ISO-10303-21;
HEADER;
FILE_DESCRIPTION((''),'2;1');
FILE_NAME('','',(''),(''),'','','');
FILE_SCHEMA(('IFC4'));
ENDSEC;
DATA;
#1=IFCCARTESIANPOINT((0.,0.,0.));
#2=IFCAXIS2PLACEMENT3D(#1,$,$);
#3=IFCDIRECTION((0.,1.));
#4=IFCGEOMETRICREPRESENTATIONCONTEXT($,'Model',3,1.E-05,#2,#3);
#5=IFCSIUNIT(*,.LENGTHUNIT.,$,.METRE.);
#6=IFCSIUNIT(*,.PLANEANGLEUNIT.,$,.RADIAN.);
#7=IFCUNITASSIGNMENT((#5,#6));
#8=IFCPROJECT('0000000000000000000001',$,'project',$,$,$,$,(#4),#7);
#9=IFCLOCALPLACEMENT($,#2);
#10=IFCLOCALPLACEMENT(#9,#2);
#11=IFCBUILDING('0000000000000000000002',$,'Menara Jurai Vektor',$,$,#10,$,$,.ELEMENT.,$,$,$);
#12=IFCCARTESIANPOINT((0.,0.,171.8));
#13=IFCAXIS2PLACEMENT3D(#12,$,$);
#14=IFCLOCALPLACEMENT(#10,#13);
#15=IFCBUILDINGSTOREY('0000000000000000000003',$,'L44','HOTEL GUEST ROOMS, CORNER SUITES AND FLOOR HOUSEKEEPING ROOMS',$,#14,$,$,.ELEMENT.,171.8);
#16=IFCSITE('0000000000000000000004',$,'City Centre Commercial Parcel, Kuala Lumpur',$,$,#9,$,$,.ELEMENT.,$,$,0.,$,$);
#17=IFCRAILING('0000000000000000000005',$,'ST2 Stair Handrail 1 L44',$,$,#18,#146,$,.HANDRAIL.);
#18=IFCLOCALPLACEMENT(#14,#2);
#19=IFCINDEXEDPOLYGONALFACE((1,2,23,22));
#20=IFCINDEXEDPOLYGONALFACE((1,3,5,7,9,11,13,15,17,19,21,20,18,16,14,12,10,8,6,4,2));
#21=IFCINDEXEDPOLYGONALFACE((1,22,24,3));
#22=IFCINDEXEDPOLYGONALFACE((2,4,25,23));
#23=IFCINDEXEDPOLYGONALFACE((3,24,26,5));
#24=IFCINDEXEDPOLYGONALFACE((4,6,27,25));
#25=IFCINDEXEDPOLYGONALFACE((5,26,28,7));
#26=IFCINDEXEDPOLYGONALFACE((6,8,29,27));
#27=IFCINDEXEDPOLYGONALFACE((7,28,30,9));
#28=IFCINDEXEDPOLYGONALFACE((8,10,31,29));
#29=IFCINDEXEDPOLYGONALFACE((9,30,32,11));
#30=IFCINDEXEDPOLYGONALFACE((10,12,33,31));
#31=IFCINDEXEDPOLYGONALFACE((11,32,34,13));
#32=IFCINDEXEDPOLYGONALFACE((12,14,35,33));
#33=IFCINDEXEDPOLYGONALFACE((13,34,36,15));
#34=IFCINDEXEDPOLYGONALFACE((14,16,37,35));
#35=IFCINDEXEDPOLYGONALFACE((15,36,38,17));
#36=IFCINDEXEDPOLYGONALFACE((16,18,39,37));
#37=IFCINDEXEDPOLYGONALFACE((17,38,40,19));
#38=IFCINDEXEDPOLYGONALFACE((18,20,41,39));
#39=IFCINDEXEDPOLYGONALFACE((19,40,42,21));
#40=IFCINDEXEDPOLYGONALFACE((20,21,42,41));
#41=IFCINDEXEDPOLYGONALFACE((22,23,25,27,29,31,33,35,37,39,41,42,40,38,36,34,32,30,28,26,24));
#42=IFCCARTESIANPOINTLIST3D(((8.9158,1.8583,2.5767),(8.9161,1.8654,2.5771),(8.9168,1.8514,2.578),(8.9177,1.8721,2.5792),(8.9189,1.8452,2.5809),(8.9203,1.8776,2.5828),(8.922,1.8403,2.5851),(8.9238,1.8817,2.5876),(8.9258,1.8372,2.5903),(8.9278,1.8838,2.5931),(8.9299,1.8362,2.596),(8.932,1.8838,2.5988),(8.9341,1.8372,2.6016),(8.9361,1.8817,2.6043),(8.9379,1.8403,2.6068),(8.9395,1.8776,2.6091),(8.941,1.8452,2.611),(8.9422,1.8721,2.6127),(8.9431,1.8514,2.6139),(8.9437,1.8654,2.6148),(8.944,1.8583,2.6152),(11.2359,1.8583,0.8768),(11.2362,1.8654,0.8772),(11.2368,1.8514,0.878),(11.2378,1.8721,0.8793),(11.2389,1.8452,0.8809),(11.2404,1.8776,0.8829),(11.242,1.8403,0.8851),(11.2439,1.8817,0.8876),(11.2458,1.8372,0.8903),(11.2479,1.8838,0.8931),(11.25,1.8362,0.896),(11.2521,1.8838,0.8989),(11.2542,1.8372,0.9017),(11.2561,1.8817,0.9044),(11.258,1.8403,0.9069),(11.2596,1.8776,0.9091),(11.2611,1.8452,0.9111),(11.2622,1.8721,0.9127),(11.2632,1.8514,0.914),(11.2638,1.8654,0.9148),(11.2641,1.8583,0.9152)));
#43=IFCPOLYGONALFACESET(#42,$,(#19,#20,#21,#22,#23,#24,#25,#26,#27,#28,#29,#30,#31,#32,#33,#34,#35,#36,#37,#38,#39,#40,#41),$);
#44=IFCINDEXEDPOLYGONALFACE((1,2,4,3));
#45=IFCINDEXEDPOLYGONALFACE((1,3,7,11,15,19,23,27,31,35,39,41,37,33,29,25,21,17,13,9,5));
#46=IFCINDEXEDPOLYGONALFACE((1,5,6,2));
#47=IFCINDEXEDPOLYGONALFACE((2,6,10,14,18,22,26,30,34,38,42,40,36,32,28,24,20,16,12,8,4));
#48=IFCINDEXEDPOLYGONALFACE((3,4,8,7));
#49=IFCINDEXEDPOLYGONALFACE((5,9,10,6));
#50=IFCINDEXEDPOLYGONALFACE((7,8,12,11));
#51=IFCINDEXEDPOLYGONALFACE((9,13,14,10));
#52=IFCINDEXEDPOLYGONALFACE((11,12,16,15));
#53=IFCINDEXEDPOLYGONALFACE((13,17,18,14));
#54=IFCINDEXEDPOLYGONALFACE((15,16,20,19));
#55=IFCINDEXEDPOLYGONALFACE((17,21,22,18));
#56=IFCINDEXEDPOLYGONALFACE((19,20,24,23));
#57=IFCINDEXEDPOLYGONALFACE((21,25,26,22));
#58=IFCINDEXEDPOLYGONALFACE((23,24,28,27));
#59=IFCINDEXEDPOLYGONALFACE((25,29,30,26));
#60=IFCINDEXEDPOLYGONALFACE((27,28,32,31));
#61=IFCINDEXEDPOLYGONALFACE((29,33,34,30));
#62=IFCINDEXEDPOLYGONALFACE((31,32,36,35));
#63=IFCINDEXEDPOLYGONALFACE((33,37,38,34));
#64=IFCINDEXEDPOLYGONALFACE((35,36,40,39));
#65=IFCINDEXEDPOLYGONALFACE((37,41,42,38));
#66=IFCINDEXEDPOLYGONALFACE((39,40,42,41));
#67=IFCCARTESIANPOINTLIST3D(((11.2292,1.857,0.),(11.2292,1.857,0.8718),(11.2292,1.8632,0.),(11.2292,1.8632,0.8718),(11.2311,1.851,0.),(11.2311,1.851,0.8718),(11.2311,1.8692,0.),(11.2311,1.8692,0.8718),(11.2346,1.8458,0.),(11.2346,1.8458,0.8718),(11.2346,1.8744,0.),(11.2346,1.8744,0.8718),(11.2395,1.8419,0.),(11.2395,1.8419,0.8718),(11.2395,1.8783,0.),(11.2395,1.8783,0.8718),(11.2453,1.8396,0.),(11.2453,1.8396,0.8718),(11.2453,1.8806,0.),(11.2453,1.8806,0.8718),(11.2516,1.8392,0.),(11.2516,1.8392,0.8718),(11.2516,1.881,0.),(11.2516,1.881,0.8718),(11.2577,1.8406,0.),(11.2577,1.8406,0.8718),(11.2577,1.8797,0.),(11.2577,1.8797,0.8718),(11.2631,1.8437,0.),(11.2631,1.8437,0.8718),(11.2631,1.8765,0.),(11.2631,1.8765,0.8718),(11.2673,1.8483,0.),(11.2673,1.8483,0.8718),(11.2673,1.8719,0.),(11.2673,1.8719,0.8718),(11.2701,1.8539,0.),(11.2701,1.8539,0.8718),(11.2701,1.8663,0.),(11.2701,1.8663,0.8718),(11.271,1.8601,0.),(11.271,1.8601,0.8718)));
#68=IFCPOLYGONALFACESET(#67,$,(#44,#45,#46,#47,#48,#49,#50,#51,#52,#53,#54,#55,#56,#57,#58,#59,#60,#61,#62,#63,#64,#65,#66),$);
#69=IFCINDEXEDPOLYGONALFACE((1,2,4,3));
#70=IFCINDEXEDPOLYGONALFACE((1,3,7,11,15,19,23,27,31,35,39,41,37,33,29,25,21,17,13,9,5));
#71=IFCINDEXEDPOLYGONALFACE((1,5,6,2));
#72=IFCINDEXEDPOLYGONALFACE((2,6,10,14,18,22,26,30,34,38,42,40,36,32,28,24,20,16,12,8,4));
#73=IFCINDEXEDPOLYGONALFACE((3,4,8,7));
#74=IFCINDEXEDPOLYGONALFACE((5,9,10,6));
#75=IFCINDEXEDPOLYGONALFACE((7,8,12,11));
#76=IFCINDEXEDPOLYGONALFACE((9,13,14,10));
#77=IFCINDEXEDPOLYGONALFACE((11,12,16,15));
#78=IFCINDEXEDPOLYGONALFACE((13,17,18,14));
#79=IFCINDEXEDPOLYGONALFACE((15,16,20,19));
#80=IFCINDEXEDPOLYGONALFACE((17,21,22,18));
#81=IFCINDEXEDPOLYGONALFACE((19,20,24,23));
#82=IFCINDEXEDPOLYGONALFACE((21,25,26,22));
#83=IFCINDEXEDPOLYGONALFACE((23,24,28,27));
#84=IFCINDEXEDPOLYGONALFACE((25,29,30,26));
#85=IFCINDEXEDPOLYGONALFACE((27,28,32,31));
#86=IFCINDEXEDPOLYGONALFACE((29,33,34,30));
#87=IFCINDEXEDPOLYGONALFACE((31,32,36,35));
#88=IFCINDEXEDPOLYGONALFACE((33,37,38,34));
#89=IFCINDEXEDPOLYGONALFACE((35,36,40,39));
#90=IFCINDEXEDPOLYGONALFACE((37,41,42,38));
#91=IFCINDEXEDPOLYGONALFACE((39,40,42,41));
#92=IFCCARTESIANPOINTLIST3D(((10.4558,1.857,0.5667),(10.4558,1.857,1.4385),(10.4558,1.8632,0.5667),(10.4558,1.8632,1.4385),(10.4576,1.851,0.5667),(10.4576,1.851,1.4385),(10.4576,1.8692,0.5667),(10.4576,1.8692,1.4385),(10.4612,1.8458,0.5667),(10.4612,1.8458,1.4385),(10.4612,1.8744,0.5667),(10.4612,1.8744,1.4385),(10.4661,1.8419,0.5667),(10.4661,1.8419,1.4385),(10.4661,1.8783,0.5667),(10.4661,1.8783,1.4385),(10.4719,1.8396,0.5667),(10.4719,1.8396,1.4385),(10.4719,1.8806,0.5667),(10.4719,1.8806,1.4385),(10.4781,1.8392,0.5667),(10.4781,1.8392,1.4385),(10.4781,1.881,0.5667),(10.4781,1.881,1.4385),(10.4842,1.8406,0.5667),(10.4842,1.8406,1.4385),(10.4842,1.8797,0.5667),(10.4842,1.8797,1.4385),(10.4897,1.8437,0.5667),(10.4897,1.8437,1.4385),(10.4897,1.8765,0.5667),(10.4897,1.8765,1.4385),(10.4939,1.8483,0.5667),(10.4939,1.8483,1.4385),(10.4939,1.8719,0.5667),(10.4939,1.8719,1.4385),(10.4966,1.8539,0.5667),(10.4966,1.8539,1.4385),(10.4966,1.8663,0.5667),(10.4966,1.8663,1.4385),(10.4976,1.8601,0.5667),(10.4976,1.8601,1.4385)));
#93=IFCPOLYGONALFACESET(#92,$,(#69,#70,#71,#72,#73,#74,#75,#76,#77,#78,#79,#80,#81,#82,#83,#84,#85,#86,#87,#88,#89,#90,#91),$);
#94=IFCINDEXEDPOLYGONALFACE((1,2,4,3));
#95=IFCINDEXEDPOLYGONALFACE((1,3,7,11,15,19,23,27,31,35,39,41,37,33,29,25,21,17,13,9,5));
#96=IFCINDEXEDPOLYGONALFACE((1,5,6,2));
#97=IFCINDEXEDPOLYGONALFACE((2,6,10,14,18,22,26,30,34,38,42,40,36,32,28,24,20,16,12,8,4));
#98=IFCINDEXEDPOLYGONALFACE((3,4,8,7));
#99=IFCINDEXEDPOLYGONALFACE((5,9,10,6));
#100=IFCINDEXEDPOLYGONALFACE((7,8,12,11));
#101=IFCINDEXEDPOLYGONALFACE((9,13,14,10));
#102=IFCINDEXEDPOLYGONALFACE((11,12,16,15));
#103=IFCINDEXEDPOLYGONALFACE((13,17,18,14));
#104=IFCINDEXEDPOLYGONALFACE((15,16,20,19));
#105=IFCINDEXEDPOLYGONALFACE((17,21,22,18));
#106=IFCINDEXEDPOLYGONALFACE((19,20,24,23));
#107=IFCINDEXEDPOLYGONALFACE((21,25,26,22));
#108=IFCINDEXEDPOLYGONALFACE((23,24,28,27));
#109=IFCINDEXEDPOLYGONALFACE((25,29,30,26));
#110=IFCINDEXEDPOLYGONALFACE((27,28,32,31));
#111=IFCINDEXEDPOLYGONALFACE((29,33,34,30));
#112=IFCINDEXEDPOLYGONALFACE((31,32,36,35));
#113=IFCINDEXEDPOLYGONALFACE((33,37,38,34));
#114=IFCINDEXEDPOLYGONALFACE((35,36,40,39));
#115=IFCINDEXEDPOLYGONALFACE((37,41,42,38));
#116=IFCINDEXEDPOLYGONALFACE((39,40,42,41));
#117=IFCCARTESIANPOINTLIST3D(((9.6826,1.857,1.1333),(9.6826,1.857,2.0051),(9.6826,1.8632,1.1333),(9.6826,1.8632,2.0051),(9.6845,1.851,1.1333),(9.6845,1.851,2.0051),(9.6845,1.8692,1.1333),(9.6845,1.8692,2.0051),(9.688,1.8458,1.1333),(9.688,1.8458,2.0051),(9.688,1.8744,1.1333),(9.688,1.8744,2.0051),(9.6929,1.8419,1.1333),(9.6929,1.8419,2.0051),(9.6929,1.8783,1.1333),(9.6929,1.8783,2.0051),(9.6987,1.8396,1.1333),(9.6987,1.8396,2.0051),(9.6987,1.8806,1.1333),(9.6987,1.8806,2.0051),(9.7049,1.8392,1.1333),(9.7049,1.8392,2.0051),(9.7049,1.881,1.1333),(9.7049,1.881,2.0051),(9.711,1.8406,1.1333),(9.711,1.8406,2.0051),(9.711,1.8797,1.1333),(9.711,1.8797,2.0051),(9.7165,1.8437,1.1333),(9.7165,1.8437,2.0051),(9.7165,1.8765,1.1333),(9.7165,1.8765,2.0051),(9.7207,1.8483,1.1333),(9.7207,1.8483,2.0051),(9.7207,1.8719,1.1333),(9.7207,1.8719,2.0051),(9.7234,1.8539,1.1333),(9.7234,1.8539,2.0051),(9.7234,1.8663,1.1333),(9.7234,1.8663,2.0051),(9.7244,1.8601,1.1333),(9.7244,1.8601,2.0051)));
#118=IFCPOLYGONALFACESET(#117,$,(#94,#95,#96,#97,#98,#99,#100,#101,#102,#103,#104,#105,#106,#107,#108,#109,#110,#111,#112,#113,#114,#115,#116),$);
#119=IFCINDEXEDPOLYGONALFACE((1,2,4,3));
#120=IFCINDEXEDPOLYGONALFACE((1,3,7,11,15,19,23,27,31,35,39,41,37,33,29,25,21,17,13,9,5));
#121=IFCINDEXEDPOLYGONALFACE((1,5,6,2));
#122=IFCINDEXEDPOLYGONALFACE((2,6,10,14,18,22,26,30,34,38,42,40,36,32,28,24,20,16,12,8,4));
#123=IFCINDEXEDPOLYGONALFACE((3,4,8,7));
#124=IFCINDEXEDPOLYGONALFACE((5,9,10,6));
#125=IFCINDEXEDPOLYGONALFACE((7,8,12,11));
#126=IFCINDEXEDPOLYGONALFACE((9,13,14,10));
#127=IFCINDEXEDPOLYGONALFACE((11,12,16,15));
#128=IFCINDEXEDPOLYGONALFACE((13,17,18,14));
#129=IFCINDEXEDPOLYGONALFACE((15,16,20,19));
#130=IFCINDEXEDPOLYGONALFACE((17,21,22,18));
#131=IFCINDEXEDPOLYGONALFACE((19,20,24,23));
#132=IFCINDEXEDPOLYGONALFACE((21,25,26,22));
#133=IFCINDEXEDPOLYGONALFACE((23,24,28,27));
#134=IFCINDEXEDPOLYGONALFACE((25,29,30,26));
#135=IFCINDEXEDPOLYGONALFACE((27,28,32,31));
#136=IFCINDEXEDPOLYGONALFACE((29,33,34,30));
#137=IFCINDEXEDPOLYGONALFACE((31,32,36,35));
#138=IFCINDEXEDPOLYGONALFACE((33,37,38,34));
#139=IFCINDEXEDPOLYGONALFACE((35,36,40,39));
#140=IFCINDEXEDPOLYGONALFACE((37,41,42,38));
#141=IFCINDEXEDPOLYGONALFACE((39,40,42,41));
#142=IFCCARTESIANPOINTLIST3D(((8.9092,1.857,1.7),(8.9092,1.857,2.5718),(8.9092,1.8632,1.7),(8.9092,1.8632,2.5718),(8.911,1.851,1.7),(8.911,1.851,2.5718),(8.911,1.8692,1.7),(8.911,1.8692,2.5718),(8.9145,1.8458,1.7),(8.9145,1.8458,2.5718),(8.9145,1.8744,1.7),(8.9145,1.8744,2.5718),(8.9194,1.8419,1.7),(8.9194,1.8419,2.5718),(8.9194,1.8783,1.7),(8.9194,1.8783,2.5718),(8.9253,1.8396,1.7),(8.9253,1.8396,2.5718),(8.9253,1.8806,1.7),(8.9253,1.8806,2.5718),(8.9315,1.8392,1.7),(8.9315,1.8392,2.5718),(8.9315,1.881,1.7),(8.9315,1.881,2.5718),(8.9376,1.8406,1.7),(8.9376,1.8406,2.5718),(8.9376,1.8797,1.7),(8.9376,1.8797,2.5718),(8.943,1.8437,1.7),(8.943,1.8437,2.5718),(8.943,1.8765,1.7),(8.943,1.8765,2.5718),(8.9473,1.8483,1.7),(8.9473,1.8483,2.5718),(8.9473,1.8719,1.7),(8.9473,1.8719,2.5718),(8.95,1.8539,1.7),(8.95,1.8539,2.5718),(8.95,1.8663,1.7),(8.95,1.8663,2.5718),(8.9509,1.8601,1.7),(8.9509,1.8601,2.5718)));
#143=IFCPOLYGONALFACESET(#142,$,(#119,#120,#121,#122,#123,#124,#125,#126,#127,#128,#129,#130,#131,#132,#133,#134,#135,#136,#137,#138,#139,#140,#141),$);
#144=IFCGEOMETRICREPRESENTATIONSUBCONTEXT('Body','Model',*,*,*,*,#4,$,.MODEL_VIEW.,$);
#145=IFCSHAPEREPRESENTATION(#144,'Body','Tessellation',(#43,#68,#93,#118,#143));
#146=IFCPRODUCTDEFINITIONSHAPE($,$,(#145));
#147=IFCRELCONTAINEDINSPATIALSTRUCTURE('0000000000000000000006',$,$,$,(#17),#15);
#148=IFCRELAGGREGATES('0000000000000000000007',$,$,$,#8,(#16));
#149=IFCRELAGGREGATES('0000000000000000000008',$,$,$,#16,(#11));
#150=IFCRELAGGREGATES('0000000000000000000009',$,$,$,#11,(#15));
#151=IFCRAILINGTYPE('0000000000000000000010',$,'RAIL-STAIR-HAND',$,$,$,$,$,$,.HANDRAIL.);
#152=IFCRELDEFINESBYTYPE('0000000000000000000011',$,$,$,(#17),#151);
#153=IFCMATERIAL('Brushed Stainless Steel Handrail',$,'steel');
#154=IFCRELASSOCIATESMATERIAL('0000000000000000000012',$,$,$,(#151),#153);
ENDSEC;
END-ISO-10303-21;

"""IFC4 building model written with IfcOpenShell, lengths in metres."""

from ifc_helpers import new_model, si_unit, direction, frame, origin, origin_2d, place, context, subcontext, project, spatial, circle, extrude, material, type_object, element, save


model = new_model("IFC4")

# Units and contexts
model_context = context("Model", 3, precision=1e-05, world=origin(), true_north=direction((0.0, 1.0)))
body_context = subcontext(model_context, "Body", "Model", "MODEL_VIEW")
ifc_project = project(units=[si_unit("LENGTHUNIT", "METRE"), si_unit("PLANEANGLEUNIT", "RADIAN")], contexts=[model_context])

# Site, building, storey
site_placement = place(None, origin())
site = spatial("IfcSite", under=ifc_project, at=site_placement, Name="City Centre Commercial Parcel, Kuala Lumpur", CompositionType="ELEMENT", RefElevation=0.0)
building_placement = place(site_placement, origin())
building = spatial("IfcBuilding", under=site, at=building_placement, Name="Menara Jurai Vektor", CompositionType="ELEMENT")
storey_placement = place(building_placement, frame((0.0, 0.0, 171.8)))
storey = spatial("IfcBuildingStorey", under=building, at=storey_placement, Name="L44", Description="HOTEL GUEST ROOMS, CORNER SUITES AND FLOOR HOUSEKEEPING ROOMS", CompositionType="ELEMENT", Elevation=171.8)

# Railing
ifc_material_1 = material(Name="Brushed Stainless Steel Handrail", Category="steel")
railing_type_1 = type_object("IfcRailingType", Name="RAIL-STAIR-HAND", PredefinedType="HANDRAIL", material=ifc_material_1)
railing_1_placement = place(storey_placement, frame((11.25, 1.8601, 0.0)))
element("IfcRailing", 1, at=railing_1_placement, inside=storey, type_object=railing_type_1, Name="ST2 Stair Handrail 1 L44", PredefinedType="HANDRAIL", context=body_context, shape_type="SweptSolid", body=[
    extrude(circle(Radius=0.0239, at=origin_2d()), frame((0.0, 0.0, 0.896), z_axis=(-0.806642, 0.0, 0.59104), x_axis=(0.0, -1.0, 0.0)), (0.0, 0.0, 1.0), 2.8762),
    extrude(circle(Radius=0.021, at=origin_2d()), origin(), (0.0, 0.0, 1.0), 0.8718),
    extrude(circle(Radius=0.021, at=origin_2d()), frame((-0.7734, 0.0, 0.5667)), (0.0, 0.0, 1.0), 0.8718),
    extrude(circle(Radius=0.021, at=origin_2d()), frame((-1.5466, 0.0, 1.1333)), (0.0, 0.0, 1.0), 0.8718),
    extrude(circle(Radius=0.021, at=origin_2d()), frame((-2.3201, 0.0, 1.7)), (0.0, 0.0, 1.0), 0.8718),
])

save(model, "model.ifc")
